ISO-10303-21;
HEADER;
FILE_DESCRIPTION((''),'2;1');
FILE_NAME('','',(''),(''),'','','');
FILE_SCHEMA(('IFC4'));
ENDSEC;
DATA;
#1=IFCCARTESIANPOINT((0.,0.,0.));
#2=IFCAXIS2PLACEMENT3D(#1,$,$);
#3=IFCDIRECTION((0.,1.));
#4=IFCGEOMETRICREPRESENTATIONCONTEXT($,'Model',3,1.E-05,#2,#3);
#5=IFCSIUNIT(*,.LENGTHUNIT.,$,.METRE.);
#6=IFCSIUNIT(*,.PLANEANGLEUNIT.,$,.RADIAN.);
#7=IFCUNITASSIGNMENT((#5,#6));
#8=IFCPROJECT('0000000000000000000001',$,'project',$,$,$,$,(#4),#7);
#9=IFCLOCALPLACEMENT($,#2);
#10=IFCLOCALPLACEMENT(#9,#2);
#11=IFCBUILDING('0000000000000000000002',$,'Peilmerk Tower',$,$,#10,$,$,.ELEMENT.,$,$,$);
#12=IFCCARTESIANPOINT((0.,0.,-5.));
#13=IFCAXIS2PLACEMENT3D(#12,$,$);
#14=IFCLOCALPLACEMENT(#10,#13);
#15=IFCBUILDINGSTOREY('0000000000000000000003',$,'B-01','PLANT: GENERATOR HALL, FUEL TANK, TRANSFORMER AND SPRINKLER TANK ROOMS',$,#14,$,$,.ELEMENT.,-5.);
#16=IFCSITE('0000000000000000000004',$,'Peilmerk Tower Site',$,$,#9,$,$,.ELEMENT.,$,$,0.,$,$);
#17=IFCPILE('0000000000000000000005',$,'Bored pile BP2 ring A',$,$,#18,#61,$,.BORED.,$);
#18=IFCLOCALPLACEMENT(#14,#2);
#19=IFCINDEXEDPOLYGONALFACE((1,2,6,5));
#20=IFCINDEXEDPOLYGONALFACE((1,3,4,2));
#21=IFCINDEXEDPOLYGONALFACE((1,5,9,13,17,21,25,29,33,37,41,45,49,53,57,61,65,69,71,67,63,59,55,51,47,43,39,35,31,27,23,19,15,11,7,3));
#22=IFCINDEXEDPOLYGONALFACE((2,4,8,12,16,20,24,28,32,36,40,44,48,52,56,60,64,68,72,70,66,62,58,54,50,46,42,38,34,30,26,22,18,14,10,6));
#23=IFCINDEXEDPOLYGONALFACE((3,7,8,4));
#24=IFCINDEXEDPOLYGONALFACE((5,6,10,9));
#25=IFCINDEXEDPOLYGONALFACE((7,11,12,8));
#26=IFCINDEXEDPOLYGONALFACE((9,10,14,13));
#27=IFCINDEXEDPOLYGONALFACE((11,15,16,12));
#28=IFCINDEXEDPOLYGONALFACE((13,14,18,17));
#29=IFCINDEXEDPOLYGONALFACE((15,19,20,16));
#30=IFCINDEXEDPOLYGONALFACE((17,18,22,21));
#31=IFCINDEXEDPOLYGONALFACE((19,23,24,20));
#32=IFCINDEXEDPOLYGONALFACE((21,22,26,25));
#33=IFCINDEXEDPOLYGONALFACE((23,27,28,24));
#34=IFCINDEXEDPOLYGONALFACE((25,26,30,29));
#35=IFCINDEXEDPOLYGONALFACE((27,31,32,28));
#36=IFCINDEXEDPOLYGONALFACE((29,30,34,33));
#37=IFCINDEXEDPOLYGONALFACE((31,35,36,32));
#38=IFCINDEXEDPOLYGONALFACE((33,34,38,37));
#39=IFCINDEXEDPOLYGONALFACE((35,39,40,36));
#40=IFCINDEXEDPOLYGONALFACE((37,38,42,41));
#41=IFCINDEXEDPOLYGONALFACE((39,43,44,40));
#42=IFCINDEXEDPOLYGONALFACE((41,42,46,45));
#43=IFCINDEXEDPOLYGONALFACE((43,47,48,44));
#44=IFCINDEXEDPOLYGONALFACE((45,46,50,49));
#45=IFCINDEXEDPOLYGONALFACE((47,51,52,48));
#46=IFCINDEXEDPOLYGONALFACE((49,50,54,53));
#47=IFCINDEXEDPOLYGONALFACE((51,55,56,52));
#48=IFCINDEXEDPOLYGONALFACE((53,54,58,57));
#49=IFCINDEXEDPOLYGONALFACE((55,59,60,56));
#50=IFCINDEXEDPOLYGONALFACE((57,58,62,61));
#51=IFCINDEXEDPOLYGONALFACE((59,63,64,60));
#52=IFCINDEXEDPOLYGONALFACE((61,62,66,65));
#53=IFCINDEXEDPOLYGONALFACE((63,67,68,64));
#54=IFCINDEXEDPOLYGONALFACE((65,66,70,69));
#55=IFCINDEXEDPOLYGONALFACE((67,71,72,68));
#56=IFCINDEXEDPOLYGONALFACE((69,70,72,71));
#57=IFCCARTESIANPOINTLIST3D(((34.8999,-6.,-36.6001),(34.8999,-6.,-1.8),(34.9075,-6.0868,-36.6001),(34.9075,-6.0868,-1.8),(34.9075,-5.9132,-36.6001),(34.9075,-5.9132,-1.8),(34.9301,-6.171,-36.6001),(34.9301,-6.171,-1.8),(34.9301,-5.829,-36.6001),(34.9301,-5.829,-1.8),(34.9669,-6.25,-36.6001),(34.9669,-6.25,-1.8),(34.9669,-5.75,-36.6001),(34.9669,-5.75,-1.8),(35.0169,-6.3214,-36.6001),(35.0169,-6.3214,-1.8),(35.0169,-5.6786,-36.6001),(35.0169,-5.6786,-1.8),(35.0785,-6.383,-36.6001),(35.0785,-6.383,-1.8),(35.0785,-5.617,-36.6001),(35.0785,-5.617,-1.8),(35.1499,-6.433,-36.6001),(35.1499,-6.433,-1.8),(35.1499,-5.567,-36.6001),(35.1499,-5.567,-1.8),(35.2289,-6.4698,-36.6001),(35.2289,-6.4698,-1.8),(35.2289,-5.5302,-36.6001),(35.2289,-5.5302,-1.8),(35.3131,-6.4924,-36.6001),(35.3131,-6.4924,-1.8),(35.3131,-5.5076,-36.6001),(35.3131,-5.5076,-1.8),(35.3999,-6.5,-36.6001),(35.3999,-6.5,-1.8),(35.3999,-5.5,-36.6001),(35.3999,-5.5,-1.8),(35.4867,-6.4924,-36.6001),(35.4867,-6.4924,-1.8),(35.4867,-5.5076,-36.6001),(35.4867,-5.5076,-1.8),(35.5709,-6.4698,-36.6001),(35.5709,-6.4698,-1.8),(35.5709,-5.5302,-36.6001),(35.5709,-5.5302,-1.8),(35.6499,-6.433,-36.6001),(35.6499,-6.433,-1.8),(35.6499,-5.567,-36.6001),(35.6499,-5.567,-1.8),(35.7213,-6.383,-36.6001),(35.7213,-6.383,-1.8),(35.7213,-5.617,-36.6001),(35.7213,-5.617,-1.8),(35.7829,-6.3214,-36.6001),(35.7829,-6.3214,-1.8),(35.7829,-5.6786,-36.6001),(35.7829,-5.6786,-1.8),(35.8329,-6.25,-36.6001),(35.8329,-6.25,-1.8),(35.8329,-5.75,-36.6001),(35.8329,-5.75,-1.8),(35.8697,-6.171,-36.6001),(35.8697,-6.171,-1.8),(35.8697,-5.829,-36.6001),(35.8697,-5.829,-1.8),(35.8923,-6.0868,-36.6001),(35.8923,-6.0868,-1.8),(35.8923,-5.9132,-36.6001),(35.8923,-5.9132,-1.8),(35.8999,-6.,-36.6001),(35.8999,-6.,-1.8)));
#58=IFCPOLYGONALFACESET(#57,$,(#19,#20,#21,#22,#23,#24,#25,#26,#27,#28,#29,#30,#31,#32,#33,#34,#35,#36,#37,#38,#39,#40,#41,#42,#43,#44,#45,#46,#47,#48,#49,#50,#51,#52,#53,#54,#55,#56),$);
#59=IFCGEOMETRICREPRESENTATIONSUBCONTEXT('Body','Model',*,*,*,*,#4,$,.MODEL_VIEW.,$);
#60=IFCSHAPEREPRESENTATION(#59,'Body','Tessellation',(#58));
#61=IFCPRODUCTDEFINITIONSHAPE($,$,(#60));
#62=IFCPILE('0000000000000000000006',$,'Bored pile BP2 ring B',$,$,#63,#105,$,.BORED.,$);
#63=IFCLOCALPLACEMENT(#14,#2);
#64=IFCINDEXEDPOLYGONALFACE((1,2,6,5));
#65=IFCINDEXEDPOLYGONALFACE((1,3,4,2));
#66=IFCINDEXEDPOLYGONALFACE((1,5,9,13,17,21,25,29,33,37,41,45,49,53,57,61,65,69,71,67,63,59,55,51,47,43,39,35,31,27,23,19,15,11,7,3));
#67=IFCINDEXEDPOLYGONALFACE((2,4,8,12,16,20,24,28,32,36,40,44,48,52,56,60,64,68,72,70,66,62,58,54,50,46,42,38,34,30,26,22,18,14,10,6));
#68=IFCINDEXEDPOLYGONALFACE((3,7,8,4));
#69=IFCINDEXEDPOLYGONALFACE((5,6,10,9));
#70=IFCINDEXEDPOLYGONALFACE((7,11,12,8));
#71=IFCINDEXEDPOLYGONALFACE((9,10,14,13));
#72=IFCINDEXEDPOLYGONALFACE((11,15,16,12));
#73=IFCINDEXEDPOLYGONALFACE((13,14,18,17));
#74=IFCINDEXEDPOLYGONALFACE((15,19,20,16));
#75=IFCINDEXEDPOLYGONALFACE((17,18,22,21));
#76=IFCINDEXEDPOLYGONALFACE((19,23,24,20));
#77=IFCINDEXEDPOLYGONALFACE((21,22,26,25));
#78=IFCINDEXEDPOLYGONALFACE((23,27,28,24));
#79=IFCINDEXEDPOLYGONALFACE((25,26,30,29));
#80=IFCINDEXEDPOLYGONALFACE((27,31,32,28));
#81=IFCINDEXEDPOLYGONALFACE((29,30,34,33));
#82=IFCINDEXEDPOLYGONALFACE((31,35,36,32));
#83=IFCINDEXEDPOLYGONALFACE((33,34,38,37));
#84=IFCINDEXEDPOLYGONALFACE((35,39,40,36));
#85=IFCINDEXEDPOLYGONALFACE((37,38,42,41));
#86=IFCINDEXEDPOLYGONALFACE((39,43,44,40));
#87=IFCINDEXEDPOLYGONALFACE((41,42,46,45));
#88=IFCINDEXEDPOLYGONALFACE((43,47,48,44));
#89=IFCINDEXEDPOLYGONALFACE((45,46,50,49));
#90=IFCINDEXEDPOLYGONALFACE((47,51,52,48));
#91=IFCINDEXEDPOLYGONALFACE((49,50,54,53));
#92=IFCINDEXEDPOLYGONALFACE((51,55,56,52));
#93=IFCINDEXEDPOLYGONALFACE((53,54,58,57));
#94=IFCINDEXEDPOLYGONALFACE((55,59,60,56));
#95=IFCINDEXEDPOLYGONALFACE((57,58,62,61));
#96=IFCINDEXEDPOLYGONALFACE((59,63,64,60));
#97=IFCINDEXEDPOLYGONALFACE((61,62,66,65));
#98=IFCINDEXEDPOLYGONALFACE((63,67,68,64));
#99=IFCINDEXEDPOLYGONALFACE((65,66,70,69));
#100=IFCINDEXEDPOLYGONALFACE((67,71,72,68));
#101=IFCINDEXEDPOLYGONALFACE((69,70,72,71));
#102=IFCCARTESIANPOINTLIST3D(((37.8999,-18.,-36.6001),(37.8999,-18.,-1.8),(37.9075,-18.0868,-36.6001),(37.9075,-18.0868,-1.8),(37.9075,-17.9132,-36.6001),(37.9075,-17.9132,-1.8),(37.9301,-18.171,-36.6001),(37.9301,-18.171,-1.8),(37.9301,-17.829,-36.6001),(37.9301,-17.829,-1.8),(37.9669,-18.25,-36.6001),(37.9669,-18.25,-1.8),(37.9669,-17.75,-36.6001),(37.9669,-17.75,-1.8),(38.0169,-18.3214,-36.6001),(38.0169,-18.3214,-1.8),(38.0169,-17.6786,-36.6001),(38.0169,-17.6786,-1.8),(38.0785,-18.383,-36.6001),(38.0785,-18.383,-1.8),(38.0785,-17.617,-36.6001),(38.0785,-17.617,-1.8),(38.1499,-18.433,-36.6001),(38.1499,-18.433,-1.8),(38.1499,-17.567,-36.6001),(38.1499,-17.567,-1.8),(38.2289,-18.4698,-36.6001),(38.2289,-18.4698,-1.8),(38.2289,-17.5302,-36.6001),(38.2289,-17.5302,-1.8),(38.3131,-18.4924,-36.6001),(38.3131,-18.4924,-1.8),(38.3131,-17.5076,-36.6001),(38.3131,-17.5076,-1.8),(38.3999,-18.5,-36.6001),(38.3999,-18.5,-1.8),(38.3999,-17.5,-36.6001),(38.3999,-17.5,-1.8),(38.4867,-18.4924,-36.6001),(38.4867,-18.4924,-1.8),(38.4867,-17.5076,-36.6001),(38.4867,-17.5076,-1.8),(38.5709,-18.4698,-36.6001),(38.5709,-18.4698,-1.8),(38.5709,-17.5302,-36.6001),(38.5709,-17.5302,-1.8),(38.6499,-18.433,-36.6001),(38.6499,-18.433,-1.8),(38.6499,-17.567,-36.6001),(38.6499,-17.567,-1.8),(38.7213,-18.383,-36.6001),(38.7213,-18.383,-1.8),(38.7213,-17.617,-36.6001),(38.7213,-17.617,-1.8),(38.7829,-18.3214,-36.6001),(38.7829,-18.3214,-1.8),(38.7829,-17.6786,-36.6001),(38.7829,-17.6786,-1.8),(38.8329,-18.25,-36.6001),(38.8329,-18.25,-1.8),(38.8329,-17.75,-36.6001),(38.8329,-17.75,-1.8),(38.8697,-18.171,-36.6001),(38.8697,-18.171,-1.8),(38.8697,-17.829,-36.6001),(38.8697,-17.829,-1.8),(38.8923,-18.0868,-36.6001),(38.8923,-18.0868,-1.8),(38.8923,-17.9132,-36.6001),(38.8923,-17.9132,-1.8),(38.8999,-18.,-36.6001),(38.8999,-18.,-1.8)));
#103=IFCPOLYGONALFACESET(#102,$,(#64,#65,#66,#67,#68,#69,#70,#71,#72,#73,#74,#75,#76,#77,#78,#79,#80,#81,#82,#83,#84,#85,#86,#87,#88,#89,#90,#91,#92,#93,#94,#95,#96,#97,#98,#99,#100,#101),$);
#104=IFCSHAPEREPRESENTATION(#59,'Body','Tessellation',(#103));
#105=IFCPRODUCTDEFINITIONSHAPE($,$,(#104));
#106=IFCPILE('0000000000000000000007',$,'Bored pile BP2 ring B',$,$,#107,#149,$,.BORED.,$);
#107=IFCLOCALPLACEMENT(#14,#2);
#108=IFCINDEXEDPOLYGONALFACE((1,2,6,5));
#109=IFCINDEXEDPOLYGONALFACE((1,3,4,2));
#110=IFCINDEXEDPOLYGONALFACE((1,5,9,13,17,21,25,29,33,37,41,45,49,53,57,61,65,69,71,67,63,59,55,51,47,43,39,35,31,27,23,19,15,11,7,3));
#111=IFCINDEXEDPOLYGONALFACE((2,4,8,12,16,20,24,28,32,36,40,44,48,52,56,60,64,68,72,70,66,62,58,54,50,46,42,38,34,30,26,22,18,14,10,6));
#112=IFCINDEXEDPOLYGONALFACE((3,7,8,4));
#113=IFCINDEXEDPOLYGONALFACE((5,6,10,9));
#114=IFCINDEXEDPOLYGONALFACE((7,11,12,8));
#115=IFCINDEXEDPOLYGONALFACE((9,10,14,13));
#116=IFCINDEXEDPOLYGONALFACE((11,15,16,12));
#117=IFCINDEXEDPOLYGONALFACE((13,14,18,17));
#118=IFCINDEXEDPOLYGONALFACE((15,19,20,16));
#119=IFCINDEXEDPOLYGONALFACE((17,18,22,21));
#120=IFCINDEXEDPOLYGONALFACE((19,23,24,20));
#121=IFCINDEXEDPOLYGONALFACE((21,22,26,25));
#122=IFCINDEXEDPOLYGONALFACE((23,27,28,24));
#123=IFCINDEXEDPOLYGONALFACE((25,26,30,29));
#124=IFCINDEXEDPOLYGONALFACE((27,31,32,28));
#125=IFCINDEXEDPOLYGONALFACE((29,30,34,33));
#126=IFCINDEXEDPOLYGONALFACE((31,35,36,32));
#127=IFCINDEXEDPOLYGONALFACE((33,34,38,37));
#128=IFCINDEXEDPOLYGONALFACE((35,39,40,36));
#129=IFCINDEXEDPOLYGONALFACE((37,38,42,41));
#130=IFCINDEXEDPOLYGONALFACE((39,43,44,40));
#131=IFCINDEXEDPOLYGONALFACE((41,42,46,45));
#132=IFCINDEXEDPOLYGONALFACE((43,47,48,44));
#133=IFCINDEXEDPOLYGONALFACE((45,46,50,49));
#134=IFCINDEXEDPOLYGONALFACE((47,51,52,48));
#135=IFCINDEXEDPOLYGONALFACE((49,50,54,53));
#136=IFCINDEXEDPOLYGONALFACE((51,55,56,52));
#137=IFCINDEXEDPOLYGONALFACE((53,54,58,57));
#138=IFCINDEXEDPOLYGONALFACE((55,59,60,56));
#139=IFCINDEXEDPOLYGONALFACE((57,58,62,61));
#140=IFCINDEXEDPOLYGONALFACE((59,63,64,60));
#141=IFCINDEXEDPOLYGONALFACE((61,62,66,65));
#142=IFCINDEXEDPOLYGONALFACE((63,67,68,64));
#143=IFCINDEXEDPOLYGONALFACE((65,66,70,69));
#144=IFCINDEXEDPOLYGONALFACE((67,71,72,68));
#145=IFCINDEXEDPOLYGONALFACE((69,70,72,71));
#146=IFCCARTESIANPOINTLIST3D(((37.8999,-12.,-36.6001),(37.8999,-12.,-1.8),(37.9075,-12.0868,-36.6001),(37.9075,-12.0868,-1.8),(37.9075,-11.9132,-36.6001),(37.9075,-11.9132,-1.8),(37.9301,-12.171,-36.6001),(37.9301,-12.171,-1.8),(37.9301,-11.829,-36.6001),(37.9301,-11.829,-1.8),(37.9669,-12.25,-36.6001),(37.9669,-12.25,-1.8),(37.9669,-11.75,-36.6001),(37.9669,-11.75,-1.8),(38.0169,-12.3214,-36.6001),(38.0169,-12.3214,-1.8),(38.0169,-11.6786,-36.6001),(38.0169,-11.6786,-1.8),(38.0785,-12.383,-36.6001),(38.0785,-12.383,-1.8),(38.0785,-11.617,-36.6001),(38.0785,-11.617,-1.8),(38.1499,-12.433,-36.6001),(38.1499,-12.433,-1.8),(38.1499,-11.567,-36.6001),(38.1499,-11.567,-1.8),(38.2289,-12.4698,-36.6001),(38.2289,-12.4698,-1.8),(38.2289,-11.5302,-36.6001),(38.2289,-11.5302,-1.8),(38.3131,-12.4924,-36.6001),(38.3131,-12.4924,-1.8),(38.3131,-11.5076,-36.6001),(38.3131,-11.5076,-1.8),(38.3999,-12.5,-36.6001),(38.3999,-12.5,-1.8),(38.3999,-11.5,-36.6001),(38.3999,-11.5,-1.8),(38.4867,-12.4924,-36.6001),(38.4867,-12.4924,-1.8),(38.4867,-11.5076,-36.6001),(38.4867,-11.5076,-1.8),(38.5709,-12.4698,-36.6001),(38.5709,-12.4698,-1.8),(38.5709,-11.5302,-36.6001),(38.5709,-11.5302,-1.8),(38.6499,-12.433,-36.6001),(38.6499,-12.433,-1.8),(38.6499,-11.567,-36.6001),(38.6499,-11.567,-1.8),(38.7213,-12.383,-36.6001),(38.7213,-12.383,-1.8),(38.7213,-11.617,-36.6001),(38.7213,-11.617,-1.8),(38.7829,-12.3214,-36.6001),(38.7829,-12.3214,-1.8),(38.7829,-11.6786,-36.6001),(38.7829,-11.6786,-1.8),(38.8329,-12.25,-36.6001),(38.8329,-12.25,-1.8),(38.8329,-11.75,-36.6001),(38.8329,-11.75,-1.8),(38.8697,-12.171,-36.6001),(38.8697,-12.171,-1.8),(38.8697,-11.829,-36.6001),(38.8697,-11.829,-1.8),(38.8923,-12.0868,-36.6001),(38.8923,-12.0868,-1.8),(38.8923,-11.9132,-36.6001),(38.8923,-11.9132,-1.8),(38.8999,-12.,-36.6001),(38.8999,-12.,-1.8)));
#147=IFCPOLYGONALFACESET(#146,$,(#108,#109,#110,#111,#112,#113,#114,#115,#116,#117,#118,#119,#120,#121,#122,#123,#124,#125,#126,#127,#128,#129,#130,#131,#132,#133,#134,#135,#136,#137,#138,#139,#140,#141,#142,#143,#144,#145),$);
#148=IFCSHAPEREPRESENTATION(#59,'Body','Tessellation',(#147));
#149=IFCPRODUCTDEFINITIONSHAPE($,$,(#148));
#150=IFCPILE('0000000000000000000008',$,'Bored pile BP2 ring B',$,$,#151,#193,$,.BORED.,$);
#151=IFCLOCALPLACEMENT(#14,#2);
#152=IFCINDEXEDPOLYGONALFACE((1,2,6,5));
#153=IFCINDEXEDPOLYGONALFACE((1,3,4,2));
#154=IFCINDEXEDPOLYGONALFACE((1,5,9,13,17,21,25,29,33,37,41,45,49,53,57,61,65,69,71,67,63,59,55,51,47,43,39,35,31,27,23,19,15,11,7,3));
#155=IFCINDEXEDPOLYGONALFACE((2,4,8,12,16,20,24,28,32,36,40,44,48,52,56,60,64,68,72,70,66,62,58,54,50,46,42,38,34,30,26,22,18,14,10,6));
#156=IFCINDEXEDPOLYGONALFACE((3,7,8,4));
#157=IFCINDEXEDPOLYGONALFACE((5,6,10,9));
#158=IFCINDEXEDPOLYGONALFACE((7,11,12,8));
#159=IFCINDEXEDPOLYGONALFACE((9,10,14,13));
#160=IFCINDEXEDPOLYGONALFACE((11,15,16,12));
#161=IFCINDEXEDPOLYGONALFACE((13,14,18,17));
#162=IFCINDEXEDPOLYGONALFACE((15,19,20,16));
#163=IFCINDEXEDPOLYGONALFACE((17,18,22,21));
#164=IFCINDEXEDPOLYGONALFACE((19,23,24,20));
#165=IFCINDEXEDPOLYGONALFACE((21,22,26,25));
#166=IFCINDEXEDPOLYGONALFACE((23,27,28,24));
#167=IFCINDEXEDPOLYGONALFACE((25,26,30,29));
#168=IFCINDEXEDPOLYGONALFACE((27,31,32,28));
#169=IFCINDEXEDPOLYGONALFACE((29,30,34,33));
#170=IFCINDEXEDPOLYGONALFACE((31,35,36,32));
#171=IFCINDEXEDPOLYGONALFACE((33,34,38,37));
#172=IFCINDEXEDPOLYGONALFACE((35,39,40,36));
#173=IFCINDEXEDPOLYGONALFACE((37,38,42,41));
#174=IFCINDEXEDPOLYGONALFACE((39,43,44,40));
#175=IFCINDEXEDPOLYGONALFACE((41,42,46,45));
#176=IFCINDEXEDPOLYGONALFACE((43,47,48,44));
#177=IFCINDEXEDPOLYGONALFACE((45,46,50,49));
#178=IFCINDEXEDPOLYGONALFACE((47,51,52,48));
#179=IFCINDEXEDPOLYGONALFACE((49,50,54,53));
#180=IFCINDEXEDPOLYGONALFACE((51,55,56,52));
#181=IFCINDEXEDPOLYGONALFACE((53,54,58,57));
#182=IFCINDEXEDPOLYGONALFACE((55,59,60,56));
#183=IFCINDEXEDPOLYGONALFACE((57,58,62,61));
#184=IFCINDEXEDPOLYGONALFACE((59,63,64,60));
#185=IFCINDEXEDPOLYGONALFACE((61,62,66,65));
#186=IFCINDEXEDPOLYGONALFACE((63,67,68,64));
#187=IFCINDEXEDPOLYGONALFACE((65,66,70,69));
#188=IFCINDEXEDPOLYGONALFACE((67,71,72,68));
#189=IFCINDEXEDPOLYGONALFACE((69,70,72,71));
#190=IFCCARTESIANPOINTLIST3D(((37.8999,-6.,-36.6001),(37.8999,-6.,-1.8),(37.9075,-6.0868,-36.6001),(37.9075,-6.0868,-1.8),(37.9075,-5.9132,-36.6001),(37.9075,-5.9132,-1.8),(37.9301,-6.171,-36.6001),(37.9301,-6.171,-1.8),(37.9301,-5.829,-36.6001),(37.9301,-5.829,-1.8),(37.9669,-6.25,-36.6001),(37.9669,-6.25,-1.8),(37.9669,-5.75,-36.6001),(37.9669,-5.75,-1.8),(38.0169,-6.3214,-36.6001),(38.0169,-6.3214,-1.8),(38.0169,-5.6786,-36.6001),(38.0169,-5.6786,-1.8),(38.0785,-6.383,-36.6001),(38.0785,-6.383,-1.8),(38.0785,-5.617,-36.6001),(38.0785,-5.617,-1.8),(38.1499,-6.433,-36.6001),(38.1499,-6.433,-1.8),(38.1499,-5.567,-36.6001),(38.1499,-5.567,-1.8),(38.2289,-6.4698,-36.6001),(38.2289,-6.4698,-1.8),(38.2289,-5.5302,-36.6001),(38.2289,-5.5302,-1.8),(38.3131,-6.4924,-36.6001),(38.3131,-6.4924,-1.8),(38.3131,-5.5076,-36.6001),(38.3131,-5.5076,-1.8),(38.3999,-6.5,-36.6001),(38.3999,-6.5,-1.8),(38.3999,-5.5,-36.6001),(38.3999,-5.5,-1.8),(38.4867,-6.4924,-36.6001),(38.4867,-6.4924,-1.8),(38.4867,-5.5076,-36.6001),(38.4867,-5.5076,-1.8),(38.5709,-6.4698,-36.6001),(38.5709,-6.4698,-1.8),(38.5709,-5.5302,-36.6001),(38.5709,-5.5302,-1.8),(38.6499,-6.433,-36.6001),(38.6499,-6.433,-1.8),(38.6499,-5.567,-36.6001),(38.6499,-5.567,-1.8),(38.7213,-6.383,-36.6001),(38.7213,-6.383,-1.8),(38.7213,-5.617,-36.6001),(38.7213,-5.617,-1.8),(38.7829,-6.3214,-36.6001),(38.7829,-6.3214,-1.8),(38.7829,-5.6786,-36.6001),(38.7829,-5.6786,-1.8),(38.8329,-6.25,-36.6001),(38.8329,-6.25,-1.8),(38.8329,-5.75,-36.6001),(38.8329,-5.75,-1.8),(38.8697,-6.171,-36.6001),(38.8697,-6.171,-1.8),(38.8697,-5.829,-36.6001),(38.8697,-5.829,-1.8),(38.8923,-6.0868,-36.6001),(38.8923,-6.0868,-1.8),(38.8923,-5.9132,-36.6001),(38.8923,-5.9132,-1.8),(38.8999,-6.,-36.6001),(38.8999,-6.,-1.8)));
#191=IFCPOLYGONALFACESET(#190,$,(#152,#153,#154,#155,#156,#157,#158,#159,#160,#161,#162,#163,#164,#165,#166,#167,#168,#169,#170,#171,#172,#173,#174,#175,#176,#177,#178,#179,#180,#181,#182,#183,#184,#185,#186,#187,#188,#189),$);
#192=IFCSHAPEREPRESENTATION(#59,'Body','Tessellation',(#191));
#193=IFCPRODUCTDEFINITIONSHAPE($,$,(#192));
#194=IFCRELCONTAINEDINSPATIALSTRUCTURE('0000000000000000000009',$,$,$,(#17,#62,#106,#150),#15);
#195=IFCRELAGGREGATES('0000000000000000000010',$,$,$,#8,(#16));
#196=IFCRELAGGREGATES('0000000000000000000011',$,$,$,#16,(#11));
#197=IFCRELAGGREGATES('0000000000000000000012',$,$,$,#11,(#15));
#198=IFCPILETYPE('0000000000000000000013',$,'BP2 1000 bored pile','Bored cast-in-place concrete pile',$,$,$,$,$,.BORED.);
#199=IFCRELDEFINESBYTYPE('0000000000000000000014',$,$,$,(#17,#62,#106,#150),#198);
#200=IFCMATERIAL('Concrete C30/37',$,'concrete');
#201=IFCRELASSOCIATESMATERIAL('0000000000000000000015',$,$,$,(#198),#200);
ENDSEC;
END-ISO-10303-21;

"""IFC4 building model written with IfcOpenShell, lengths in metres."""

from ifc_helpers import new_model, si_unit, direction, frame, origin, origin_2d, place, context, subcontext, project, spatial, circle, extrude, material, material_profile, profile_set, type_object, element, save


model = new_model("IFC4")

# Units and contexts
model_context = context("Model", 3, precision=1e-05, world=origin(), true_north=direction((0.0, 1.0)))
body_context = subcontext(model_context, "Body", "Model", "MODEL_VIEW")
ifc_project = project(units=[si_unit("LENGTHUNIT", "METRE"), si_unit("PLANEANGLEUNIT", "RADIAN")], contexts=[model_context])

# Site, building, storey
site_placement = place(None, origin())
site = spatial("IfcSite", under=ifc_project, at=site_placement, Name="Peilmerk Tower Site", CompositionType="ELEMENT", RefElevation=0.0)
building_placement = place(site_placement, origin())
building = spatial("IfcBuilding", under=site, at=building_placement, Name="Peilmerk Tower", CompositionType="ELEMENT")
storey_placement = place(building_placement, frame((0.0, 0.0, -5.0)))
storey = spatial("IfcBuildingStorey", under=building, at=storey_placement, Name="B-01", Description="PLANT: GENERATOR HALL, FUEL TANK, TRANSFORMER AND SPRINKLER TANK ROOMS", CompositionType="ELEMENT", Elevation=-5.0)

# Piles
ifc_material_1 = material(Name="Concrete C30/37", Category="concrete")
ifc_material_profile_1 = material_profile(ifc_material_1, circle(Radius=0.5, at=origin_2d()), Name="BP 1000")
ifc_profile_set_1 = profile_set([ifc_material_profile_1], Name="Concrete C30/37")
pile_type_1 = type_object("IfcPileType", Name="BP2 1000 bored pile", Description="Bored cast-in-place concrete pile", PredefinedType="BORED", material=ifc_profile_set_1)
for number, where, z_axis, x_axis, name in (
    (1, (35.3999, -6.0, -1.8), (0.0, 0.0, -1.0), (1.0, 0.0, 0.0), "Bored pile BP2 ring A"),
    (2, (38.3999, -18.0, -1.8), (0.0, 0.0, -1.0), (1.0, 0.0, 0.0), "Bored pile BP2 ring B"),
    (3, (38.3999, -12.0, -1.8), (0.0, 0.0, -1.0), (1.0, 0.0, 0.0), "Bored pile BP2 ring B"),
    (4, (38.3999, -6.0, -1.8), (0.0, 0.0, -1.0), (1.0, 0.0, 0.0), "Bored pile BP2 ring B"),
):
    element("IfcPile", number, at=place(storey_placement, frame(where, z_axis=z_axis, x_axis=x_axis)), inside=storey, type_object=pile_type_1, Name=name, PredefinedType="BORED", context=body_context, shape_type="SweptSolid", body=[
        extrude(circle(Radius=0.5, at=origin_2d()), origin(), (0.0, 0.0, 1.0), 34.8),
    ])

save(model, "model.ifc")
